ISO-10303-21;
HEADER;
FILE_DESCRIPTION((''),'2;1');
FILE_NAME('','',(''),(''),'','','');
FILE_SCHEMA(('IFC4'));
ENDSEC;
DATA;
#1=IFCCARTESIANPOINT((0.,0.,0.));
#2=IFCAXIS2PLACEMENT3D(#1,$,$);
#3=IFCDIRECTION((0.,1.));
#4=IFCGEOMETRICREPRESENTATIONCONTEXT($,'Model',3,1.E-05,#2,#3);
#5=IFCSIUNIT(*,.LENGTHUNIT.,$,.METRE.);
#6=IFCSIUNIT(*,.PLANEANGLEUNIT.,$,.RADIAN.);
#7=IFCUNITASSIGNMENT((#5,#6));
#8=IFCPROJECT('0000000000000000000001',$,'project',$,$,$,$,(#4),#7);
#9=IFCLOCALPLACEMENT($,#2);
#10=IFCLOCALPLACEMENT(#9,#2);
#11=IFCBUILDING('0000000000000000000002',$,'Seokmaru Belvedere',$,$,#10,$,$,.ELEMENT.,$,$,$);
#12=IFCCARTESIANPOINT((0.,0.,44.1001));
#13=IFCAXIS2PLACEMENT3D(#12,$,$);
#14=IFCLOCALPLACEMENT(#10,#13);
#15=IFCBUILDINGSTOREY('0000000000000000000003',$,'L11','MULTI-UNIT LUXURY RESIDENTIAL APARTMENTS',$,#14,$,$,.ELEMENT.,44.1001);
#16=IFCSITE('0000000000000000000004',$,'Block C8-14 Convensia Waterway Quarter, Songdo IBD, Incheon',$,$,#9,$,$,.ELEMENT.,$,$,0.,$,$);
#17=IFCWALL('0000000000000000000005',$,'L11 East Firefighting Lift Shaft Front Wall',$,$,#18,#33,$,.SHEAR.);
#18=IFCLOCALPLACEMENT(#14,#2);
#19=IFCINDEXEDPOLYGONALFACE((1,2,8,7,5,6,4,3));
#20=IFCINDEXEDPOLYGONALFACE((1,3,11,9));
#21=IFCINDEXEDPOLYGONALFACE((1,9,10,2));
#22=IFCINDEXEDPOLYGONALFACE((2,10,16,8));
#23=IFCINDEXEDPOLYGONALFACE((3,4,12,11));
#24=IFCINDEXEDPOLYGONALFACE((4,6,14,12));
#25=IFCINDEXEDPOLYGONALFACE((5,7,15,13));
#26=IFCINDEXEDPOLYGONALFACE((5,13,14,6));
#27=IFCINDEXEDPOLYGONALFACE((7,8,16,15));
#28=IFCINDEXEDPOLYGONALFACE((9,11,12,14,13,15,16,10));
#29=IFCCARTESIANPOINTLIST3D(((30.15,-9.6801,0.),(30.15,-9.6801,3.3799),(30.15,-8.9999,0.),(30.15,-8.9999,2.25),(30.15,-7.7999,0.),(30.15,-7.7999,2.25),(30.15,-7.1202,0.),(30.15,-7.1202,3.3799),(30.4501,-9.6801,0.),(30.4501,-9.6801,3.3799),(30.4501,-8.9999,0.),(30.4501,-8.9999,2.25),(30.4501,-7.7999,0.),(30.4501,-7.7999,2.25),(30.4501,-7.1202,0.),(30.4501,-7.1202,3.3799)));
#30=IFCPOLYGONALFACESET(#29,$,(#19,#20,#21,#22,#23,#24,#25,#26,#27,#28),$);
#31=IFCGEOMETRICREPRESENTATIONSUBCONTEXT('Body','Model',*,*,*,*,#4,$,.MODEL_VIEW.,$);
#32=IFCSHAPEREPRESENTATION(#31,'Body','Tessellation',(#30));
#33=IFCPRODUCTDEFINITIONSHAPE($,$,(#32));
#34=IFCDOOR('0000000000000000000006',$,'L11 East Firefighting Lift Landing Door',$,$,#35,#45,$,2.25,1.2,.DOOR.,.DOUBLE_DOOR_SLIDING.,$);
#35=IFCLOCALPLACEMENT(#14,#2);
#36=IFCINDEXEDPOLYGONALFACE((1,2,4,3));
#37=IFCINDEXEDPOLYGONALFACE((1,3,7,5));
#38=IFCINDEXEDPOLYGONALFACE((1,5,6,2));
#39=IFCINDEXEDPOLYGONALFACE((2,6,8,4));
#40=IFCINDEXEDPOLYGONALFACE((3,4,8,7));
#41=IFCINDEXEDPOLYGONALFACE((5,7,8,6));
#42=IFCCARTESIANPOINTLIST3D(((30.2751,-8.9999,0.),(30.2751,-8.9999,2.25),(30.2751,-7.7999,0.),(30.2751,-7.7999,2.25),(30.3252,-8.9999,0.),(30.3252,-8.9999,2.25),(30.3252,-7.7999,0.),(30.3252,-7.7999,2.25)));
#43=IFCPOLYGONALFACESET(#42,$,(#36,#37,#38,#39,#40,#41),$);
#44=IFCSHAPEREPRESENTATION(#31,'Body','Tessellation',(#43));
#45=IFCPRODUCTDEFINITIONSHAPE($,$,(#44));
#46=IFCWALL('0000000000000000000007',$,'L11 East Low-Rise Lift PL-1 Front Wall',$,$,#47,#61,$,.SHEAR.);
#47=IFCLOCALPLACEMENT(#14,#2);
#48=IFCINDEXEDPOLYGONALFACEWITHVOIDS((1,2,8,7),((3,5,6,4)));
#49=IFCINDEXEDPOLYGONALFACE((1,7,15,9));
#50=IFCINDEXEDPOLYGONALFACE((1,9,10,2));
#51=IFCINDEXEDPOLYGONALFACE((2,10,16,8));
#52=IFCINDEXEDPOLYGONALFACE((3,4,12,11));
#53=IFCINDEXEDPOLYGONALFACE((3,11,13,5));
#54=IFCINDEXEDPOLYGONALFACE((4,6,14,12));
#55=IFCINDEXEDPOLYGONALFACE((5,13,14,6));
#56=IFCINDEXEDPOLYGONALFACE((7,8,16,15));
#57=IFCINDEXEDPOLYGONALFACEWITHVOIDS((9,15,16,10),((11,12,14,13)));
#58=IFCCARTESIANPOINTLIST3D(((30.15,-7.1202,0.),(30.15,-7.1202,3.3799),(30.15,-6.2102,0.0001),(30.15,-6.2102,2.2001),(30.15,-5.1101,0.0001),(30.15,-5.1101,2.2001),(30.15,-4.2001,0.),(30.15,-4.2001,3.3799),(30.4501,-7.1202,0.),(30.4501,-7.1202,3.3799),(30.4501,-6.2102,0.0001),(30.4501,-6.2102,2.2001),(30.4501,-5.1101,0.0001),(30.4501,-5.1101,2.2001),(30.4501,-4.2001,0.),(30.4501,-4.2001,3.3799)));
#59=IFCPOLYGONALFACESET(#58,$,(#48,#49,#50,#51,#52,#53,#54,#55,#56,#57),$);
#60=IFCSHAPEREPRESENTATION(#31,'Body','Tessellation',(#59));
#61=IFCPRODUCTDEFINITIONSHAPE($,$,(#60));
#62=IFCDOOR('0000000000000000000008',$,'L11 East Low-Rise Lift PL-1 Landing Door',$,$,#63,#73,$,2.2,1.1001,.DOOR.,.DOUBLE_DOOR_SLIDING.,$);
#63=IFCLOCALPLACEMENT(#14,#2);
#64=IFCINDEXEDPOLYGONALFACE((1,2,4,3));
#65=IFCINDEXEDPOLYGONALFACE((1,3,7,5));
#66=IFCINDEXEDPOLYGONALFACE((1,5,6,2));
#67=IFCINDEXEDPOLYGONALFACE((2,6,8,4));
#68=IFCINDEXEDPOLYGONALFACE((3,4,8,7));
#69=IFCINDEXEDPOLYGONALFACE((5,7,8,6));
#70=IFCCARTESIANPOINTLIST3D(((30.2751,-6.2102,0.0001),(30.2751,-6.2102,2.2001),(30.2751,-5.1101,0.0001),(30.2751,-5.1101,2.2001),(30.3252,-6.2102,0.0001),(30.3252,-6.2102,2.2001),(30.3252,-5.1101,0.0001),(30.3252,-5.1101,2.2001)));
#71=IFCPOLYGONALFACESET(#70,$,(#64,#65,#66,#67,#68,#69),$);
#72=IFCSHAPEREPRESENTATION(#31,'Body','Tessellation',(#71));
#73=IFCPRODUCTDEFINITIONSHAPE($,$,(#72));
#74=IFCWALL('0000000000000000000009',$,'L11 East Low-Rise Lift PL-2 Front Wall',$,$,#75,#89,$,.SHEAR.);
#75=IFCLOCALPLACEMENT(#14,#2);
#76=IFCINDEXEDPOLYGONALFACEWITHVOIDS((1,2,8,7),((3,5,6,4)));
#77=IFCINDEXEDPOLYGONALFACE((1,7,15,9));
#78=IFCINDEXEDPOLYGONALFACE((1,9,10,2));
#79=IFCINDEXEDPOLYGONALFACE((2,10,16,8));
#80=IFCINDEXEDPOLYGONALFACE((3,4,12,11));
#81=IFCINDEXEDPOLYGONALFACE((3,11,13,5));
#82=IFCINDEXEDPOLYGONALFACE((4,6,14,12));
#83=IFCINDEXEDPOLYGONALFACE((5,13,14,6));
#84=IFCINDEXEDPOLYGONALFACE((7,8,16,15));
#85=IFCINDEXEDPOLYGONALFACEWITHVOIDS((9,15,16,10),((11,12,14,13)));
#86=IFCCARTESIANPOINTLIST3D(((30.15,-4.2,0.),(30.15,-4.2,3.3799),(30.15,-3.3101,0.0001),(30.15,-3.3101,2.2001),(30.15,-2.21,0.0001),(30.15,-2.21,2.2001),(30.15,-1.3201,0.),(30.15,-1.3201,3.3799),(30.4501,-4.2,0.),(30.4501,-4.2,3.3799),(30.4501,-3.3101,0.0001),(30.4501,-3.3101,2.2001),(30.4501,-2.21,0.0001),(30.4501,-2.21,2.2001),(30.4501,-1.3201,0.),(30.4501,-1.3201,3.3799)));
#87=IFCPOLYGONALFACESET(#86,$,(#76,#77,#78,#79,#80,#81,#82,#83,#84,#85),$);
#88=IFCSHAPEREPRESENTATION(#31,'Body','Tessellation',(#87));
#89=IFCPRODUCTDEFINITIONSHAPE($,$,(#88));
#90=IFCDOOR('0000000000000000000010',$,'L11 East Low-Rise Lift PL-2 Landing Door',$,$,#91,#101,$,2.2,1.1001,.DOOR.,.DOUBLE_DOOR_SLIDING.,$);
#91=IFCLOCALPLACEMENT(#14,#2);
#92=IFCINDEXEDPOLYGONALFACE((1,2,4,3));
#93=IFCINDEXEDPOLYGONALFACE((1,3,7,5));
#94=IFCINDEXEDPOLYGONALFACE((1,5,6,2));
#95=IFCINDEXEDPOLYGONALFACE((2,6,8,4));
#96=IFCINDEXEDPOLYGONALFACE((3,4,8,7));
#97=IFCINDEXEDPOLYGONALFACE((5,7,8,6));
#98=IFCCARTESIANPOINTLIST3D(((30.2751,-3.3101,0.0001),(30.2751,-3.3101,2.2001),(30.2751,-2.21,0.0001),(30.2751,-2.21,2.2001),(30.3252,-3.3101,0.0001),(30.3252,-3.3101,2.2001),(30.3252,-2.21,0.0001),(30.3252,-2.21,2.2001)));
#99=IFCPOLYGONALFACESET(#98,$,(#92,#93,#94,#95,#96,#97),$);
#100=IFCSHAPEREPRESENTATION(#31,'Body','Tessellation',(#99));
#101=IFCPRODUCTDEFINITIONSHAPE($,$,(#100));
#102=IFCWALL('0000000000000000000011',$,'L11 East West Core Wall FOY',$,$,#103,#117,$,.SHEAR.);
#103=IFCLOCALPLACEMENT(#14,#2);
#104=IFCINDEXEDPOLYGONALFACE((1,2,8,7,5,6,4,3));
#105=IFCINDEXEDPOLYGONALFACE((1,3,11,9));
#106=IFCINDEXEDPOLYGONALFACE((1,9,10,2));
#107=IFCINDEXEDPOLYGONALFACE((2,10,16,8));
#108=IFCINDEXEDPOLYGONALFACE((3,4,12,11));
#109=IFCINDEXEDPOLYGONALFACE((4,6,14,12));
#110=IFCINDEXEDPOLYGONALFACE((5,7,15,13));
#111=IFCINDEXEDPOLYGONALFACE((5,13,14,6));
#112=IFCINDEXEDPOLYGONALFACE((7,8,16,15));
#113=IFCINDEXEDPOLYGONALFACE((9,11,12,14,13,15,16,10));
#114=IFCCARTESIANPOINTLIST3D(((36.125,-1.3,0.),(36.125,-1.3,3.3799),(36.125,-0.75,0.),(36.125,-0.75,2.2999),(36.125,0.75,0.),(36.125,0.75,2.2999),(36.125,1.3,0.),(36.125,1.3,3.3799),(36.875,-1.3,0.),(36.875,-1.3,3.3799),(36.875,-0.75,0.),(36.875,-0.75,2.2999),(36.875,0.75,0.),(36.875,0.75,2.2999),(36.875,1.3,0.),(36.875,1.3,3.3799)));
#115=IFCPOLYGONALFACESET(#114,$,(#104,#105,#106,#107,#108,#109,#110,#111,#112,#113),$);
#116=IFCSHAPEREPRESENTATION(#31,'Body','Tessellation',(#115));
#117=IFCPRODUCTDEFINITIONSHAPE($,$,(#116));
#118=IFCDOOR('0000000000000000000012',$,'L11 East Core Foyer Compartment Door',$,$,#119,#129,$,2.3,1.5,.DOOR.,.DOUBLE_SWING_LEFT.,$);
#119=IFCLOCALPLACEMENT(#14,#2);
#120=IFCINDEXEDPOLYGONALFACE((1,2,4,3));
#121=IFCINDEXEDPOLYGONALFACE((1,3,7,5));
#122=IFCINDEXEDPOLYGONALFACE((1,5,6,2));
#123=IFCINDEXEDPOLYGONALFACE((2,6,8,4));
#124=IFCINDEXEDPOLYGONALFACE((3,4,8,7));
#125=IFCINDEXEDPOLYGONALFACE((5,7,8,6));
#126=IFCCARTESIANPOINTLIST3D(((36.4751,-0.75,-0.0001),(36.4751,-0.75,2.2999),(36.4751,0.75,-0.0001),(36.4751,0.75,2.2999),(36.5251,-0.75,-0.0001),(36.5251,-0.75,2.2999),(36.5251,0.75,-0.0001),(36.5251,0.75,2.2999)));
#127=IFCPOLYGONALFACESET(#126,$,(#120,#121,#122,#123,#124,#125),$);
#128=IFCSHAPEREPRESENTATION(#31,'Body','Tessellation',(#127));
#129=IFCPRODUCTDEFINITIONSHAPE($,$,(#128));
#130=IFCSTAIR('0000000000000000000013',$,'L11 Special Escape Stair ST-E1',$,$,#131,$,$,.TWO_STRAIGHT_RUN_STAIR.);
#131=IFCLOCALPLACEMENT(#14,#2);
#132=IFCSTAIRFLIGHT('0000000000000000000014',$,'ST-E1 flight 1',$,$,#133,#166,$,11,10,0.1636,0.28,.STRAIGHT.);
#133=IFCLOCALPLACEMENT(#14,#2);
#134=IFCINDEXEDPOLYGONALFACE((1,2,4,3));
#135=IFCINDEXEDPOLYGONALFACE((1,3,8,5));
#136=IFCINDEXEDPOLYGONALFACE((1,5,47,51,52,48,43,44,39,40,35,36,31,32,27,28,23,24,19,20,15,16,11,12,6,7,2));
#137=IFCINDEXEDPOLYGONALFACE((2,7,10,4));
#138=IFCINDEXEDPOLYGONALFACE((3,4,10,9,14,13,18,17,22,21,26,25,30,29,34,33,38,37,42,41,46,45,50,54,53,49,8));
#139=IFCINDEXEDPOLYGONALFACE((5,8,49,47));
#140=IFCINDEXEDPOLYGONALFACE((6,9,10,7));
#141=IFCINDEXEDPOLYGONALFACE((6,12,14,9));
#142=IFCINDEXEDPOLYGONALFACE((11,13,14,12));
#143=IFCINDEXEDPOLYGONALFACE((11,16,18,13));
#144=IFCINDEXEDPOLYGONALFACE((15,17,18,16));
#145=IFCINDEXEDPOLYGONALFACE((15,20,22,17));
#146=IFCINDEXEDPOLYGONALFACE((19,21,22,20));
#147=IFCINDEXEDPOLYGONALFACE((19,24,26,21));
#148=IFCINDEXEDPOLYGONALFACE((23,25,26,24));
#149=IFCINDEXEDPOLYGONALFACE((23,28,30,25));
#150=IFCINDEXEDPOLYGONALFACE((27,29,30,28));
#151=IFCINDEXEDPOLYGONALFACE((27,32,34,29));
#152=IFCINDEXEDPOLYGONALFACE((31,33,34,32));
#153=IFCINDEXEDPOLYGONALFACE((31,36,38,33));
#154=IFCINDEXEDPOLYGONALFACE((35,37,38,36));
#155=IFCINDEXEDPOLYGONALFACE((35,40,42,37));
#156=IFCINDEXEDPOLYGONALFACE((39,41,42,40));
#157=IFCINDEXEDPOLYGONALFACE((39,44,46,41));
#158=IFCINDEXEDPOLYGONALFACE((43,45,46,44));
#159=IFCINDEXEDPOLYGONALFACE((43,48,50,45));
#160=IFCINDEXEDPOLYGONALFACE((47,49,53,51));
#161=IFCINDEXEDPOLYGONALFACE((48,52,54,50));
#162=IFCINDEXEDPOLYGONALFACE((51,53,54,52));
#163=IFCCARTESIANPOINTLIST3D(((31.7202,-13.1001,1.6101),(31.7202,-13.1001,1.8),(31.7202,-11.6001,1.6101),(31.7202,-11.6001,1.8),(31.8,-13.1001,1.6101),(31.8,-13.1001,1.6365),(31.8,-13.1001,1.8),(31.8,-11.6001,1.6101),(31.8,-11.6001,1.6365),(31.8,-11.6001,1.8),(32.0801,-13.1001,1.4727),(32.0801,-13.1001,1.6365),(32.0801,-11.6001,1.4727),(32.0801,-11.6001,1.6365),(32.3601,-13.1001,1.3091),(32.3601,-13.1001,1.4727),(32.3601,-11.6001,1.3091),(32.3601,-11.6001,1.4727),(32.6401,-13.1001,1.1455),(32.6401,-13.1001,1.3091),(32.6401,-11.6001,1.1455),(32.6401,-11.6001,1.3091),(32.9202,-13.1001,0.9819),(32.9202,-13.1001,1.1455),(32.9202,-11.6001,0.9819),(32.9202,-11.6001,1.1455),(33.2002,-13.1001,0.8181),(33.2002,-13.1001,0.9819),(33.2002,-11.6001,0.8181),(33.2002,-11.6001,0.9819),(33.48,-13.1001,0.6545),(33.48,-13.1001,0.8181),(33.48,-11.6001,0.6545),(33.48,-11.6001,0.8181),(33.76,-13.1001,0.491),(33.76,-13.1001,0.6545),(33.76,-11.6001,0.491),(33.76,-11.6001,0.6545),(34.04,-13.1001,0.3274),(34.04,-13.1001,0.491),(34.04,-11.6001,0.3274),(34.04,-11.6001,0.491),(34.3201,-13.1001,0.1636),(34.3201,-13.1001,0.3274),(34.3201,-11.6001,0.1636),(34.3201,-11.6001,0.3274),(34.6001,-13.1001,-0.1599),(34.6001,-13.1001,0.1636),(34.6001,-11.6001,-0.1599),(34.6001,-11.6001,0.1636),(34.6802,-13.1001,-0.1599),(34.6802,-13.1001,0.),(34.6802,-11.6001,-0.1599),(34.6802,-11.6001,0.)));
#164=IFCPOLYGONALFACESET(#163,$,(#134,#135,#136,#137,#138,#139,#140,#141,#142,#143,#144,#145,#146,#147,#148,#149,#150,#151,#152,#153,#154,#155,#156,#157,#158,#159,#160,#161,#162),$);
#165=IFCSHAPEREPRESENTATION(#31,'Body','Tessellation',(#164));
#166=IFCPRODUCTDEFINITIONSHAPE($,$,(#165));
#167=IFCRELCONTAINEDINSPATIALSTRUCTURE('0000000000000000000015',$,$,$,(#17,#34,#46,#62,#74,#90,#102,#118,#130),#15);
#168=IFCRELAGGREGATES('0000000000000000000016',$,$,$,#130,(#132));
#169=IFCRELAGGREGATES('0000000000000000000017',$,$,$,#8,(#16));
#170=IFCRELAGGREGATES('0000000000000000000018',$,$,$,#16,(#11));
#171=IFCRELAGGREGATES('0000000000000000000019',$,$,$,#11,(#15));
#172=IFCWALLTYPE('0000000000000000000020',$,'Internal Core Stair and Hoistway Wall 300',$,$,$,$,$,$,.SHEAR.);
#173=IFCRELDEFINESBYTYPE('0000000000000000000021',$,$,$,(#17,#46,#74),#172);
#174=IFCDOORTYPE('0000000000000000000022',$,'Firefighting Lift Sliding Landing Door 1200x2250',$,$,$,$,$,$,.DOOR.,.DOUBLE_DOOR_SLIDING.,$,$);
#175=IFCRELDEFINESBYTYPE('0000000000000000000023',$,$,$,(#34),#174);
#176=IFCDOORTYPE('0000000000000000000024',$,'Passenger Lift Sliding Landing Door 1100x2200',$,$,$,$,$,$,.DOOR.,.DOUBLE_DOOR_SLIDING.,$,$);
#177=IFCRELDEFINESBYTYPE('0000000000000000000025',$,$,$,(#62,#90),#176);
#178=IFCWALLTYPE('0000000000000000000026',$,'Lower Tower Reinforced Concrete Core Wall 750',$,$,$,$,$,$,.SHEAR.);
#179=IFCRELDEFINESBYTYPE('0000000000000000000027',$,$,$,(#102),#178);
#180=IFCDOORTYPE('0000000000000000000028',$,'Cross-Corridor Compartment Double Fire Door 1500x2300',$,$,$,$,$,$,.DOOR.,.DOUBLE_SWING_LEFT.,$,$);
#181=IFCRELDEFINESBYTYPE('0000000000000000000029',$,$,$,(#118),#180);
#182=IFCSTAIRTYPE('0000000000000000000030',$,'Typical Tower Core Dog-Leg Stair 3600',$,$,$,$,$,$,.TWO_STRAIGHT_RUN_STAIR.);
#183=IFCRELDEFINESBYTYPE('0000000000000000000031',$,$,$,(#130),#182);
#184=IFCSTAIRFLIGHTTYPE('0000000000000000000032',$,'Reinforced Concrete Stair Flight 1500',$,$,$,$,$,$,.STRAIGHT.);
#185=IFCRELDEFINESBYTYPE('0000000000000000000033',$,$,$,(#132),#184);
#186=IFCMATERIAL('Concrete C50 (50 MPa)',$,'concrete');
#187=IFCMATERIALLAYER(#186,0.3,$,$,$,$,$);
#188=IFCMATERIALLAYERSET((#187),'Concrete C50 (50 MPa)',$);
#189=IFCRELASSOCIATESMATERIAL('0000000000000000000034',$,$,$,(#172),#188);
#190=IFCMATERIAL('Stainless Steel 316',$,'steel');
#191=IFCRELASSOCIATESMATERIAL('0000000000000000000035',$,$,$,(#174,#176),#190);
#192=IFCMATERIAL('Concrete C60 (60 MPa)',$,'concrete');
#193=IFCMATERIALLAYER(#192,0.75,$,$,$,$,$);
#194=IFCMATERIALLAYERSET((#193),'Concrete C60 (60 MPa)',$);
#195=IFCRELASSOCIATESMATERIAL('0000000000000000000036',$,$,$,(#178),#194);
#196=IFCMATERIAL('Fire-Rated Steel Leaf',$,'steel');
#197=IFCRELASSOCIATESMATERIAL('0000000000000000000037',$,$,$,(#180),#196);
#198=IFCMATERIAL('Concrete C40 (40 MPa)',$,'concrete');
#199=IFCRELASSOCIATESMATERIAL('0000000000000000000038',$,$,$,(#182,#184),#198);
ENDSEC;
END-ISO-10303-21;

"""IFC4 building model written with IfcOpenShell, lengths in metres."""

from ifc_helpers import new_model, si_unit, direction, frame, frame_2d, origin, place, context, subcontext, project, spatial, polyline, rectangle, outline, extrude, source, transform, mapped, material, layer, layer_set, type_object, type_shapes, element, fill, aggregate, save


model = new_model("IFC4")

# Units and contexts
model_context = context("Model", 3, precision=1e-05, world=origin(), true_north=direction((0.0, 1.0)))
body_context = subcontext(model_context, "Body", "Model", "MODEL_VIEW")
ifc_project = project(units=[si_unit("LENGTHUNIT", "METRE"), si_unit("PLANEANGLEUNIT", "RADIAN")], contexts=[model_context])

# Site, building, storey
site_placement = place(None, origin())
site = spatial("IfcSite", under=ifc_project, at=site_placement, Name="Block C8-14 Convensia Waterway Quarter, Songdo IBD, Incheon", CompositionType="ELEMENT", RefElevation=0.0)
building_placement = place(site_placement, origin())
building = spatial("IfcBuilding", under=site, at=building_placement, Name="Seokmaru Belvedere", CompositionType="ELEMENT")
storey_placement = place(building_placement, frame((0.0, 0.0, 44.1001)))
storey = spatial("IfcBuildingStorey", under=building, at=storey_placement, Name="L11", Description="MULTI-UNIT LUXURY RESIDENTIAL APARTMENTS", CompositionType="ELEMENT", Elevation=44.1001)

# Shared definitions
ifc_material_1 = material(Name="Fire-Rated Steel Leaf", Category="steel")

# Walls, openings, doors
ifc_material_2 = material(Name="Concrete C50 (50 MPa)", Category="concrete")
ifc_layer_1 = layer(ifc_material_2, 0.3)
ifc_layer_set_1 = layer_set([ifc_layer_1], Name="Concrete C50 (50 MPa)")
wall_type_1 = type_object("IfcWallType", Name="Internal Core Stair and Hoistway Wall 300", PredefinedType="SHEAR", material=ifc_layer_set_1)
wall_1_placement = place(storey_placement, frame((30.3, -9.6799, 0.0), z_axis=(0.0, 0.0, 1.0), x_axis=(0.0, 1.0, 0.0)))
wall_1 = element("IfcWall", 1, at=wall_1_placement, inside=storey, type_object=wall_type_1, Name="L11 East Firefighting Lift Shaft Front Wall", PredefinedType="SHEAR", context=body_context, shape_type="SweptSolid", body=[
    extrude(rectangle(XDim=2.5598, YDim=0.3, at=frame_2d((1.2798, 0.0))), origin(), (0.0, 0.0, 1.0), 3.3799),
])
opening_1_placement = place(wall_1_placement, frame((0.6799, 0.0, 0.0)))
opening_1 = element("IfcOpeningElement", 2, at=opening_1_placement, cuts=wall_1, PredefinedType="OPENING", context=body_context, shape_type="SweptSolid", body=[
    extrude(rectangle(XDim=1.2, YDim=2.25, at=frame_2d((0.6001, 1.125))), frame((0.0, 0.1602, 0.0), z_axis=(0.0, -1.0, 0.0), x_axis=(1.0, 0.0, 0.0)), (0.0, 0.0, 1.0), 0.3201),
])
ifc_material_3 = material(Name="Stainless Steel 316", Category="steel")
door_type_1 = type_object("IfcDoorType", Name="Firefighting Lift Sliding Landing Door 1200x2250", OperationType="DOUBLE_DOOR_SLIDING", PredefinedType="DOOR", material=ifc_material_3)
shared_shape_1 = source(origin(), body_context, "Body", "SweptSolid", [
    extrude(rectangle(XDim=1.2, YDim=2.25, at=frame_2d((0.6001, 1.125))), frame((0.0, 0.0249, 0.0), z_axis=(0.0, -1.0, 0.0), x_axis=(1.0, 0.0, 0.0)), (0.0, 0.0, 1.0), 0.05),
])
type_shapes(door_type_1, [shared_shape_1])
door_1_placement = place(opening_1_placement, origin())
door_1 = element("IfcDoor", 3, at=door_1_placement, inside=storey, type_object=door_type_1, Name="L11 East Firefighting Lift Landing Door", OperationType="DOUBLE_DOOR_SLIDING", OverallHeight=2.25, OverallWidth=1.2, PredefinedType="DOOR", context=body_context, shape_type="MappedRepresentation", body=[
    mapped(shared_shape_1, transform((0.0, 0.0, 0.0), scale=1.0)),
])
fill(opening_1, door_1)
wall_2_placement = place(storey_placement, frame((30.3, -7.1201, 0.0), z_axis=(0.0, 0.0, 1.0), x_axis=(0.0, 1.0, 0.0)))
wall_2 = element("IfcWall", 4, at=wall_2_placement, inside=storey, type_object=wall_type_1, Name="L11 East Low-Rise Lift PL-1 Front Wall", PredefinedType="SHEAR", context=body_context, shape_type="SweptSolid", body=[
    extrude(rectangle(XDim=2.9202, YDim=0.3, at=frame_2d((1.46, 0.0))), origin(), (0.0, 0.0, 1.0), 3.3799),
])
opening_2_placement = place(wall_2_placement, frame((0.9099, 0.0, 0.0)))
opening_2 = element("IfcOpeningElement", 5, at=opening_2_placement, cuts=wall_2, PredefinedType="OPENING", context=body_context, shape_type="SweptSolid", body=[
    extrude(rectangle(XDim=1.1001, YDim=2.2, at=frame_2d((0.55, 1.1001))), frame((0.0, 0.1602, 0.0), z_axis=(0.0, -1.0, 0.0), x_axis=(1.0, 0.0, 0.0)), (0.0, 0.0, 1.0), 0.3201),
])
door_type_2 = type_object("IfcDoorType", Name="Passenger Lift Sliding Landing Door 1100x2200", OperationType="DOUBLE_DOOR_SLIDING", PredefinedType="DOOR", material=ifc_material_3)
shared_shape_2 = source(origin(), body_context, "Body", "SweptSolid", [
    extrude(rectangle(XDim=1.1001, YDim=2.2, at=frame_2d((0.55, 1.1001))), frame((0.0, 0.0249, 0.0), z_axis=(0.0, -1.0, 0.0), x_axis=(1.0, 0.0, 0.0)), (0.0, 0.0, 1.0), 0.05),
])
type_shapes(door_type_2, [shared_shape_2])
door_2_placement = place(opening_2_placement, origin())
door_2 = element("IfcDoor", 6, at=door_2_placement, inside=storey, type_object=door_type_2, Name="L11 East Low-Rise Lift PL-1 Landing Door", OperationType="DOUBLE_DOOR_SLIDING", OverallHeight=2.2, OverallWidth=1.1001, PredefinedType="DOOR", context=body_context, shape_type="MappedRepresentation", body=[
    mapped(shared_shape_2, transform((0.0, 0.0, 0.0), scale=1.0)),
])
fill(opening_2, door_2)
wall_3_placement = place(storey_placement, frame((30.3, -4.2, 0.0), z_axis=(0.0, 0.0, 1.0), x_axis=(0.0, 1.0, 0.0)))
wall_3 = element("IfcWall", 7, at=wall_3_placement, inside=storey, type_object=wall_type_1, Name="L11 East Low-Rise Lift PL-2 Front Wall", PredefinedType="SHEAR", context=body_context, shape_type="SweptSolid", body=[
    extrude(rectangle(XDim=2.8799, YDim=0.3, at=frame_2d((1.4399, 0.0))), origin(), (0.0, 0.0, 1.0), 3.3799),
])
opening_3_placement = place(wall_3_placement, frame((0.8899, 0.0, 0.0)))
opening_3 = element("IfcOpeningElement", 8, at=opening_3_placement, cuts=wall_3, PredefinedType="OPENING", context=body_context, shape_type="SweptSolid", body=[
    extrude(rectangle(XDim=1.1001, YDim=2.2, at=frame_2d((0.55, 1.1001))), frame((0.0, 0.1602, 0.0), z_axis=(0.0, -1.0, 0.0), x_axis=(1.0, 0.0, 0.0)), (0.0, 0.0, 1.0), 0.3201),
])
door_3_placement = place(opening_3_placement, origin())
door_3 = element("IfcDoor", 9, at=door_3_placement, inside=storey, type_object=door_type_2, Name="L11 East Low-Rise Lift PL-2 Landing Door", OperationType="DOUBLE_DOOR_SLIDING", OverallHeight=2.2, OverallWidth=1.1001, PredefinedType="DOOR", context=body_context, shape_type="MappedRepresentation", body=[
    mapped(shared_shape_2, transform((0.0, 0.0, 0.0), scale=1.0)),
])
fill(opening_3, door_3)
ifc_material_4 = material(Name="Concrete C60 (60 MPa)", Category="concrete")
ifc_layer_2 = layer(ifc_material_4, 0.75)
ifc_layer_set_2 = layer_set([ifc_layer_2], Name="Concrete C60 (60 MPa)")
wall_type_2 = type_object("IfcWallType", Name="Lower Tower Reinforced Concrete Core Wall 750", PredefinedType="SHEAR", material=ifc_layer_set_2)
wall_4_placement = place(storey_placement, frame((36.5, -1.3, 0.0), z_axis=(0.0, 0.0, 1.0), x_axis=(0.0, 1.0, 0.0)))
wall_4 = element("IfcWall", 10, at=wall_4_placement, inside=storey, type_object=wall_type_2, Name="L11 East West Core Wall FOY", PredefinedType="SHEAR", context=body_context, shape_type="SweptSolid", body=[
    extrude(rectangle(XDim=2.6001, YDim=0.75, at=frame_2d((1.3, 0.0))), origin(), (0.0, 0.0, 1.0), 3.3799),
])
opening_4_placement = place(wall_4_placement, frame((0.55, 0.0, 0.0)))
opening_4 = element("IfcOpeningElement", 11, at=opening_4_placement, cuts=wall_4, PredefinedType="OPENING", context=body_context, shape_type="SweptSolid", body=[
    extrude(rectangle(XDim=1.5, YDim=2.3, at=frame_2d((0.75, 1.1499))), frame((0.0, 0.385, 0.0), z_axis=(0.0, -1.0, 0.0), x_axis=(1.0, 0.0, 0.0)), (0.0, 0.0, 1.0), 0.77),
])
door_type_3 = type_object("IfcDoorType", Name="Cross-Corridor Compartment Double Fire Door 1500x2300", OperationType="DOUBLE_SWING_LEFT", PredefinedType="DOOR", material=ifc_material_1)
shared_shape_3 = source(origin(), body_context, "Body", "SweptSolid", [
    extrude(rectangle(XDim=1.5, YDim=2.3, at=frame_2d((0.75, 1.1499))), frame((0.0, 0.0249, 0.0), z_axis=(0.0, -1.0, 0.0), x_axis=(1.0, 0.0, 0.0)), (0.0, 0.0, 1.0), 0.05),
])
type_shapes(door_type_3, [shared_shape_3])
door_4_placement = place(opening_4_placement, origin())
door_4 = element("IfcDoor", 12, at=door_4_placement, inside=storey, type_object=door_type_3, Name="L11 East Core Foyer Compartment Door", OperationType="DOUBLE_SWING_LEFT", OverallHeight=2.3, OverallWidth=1.5, PredefinedType="DOOR", context=body_context, shape_type="MappedRepresentation", body=[
    mapped(shared_shape_3, transform((0.0, 0.0, 0.0), scale=1.0)),
])
fill(opening_4, door_4)

# Stair, stair flight
ifc_material_5 = material(Name="Concrete C40 (40 MPa)", Category="concrete")
stair_type = type_object("IfcStairType", Name="Typical Tower Core Dog-Leg Stair 3600", PredefinedType="TWO_STRAIGHT_RUN_STAIR", material=ifc_material_5)
stair_placement = place(storey_placement, origin())
stair = element("IfcStair", 13, at=stair_placement, inside=storey, type_object=stair_type, Name="L11 Special Escape Stair ST-E1", PredefinedType="TWO_STRAIGHT_RUN_STAIR")
stair_flight_type = type_object("IfcStairFlightType", Name="Reinforced Concrete Stair Flight 1500", PredefinedType="STRAIGHT", material=ifc_material_5)
stair_flight_1_placement = place(storey_placement, frame((34.6001, -12.3501, 0.0), z_axis=(0.0, 0.0, 1.0), x_axis=(-1.0, 0.0, 0.0)))
stair_flight_1 = element("IfcStairFlight", 14, at=stair_flight_1_placement, type_object=stair_flight_type, Name="ST-E1 flight 1", NumberOfRisers=11, NumberOfTreads=10, PredefinedType="STRAIGHT", RiserHeight=0.1636, TreadLength=0.28, context=body_context, shape_type="SweptSolid", body=[
    extrude(outline(polyline([(-0.0801, 0.0), (0.0, 0.1636), (0.28, 0.1636), (0.28, 0.3274), (0.5601, 0.3274), (0.5601, 0.491), (0.8401, 0.491), (0.8401, 0.6545), (1.1201, 0.6545), (1.1201, 0.8181), (1.3999, 0.8181), (1.3999, 0.9819), (1.6799, 0.9819), (1.6799, 1.1455), (1.96, 1.1455), (1.96, 1.3091), (2.24, 1.3091), (2.24, 1.4727), (2.52, 1.4727), (2.52, 1.6365), (2.8, 1.6365), (2.8, 1.8), (2.8799, 1.8), (2.8799, 1.6101), (2.8, 1.6101), (0.0, -0.1599), (-0.0801, -0.1599), (-0.0801, 0.0)])), frame((0.0, 0.75, 0.0), z_axis=(0.0, -1.0, 0.0), x_axis=(1.0, 0.0, 0.0)), (0.0, 0.0, 1.0), 1.5),
])
aggregate(stair, [stair_flight_1])

save(model, "model.ifc")
